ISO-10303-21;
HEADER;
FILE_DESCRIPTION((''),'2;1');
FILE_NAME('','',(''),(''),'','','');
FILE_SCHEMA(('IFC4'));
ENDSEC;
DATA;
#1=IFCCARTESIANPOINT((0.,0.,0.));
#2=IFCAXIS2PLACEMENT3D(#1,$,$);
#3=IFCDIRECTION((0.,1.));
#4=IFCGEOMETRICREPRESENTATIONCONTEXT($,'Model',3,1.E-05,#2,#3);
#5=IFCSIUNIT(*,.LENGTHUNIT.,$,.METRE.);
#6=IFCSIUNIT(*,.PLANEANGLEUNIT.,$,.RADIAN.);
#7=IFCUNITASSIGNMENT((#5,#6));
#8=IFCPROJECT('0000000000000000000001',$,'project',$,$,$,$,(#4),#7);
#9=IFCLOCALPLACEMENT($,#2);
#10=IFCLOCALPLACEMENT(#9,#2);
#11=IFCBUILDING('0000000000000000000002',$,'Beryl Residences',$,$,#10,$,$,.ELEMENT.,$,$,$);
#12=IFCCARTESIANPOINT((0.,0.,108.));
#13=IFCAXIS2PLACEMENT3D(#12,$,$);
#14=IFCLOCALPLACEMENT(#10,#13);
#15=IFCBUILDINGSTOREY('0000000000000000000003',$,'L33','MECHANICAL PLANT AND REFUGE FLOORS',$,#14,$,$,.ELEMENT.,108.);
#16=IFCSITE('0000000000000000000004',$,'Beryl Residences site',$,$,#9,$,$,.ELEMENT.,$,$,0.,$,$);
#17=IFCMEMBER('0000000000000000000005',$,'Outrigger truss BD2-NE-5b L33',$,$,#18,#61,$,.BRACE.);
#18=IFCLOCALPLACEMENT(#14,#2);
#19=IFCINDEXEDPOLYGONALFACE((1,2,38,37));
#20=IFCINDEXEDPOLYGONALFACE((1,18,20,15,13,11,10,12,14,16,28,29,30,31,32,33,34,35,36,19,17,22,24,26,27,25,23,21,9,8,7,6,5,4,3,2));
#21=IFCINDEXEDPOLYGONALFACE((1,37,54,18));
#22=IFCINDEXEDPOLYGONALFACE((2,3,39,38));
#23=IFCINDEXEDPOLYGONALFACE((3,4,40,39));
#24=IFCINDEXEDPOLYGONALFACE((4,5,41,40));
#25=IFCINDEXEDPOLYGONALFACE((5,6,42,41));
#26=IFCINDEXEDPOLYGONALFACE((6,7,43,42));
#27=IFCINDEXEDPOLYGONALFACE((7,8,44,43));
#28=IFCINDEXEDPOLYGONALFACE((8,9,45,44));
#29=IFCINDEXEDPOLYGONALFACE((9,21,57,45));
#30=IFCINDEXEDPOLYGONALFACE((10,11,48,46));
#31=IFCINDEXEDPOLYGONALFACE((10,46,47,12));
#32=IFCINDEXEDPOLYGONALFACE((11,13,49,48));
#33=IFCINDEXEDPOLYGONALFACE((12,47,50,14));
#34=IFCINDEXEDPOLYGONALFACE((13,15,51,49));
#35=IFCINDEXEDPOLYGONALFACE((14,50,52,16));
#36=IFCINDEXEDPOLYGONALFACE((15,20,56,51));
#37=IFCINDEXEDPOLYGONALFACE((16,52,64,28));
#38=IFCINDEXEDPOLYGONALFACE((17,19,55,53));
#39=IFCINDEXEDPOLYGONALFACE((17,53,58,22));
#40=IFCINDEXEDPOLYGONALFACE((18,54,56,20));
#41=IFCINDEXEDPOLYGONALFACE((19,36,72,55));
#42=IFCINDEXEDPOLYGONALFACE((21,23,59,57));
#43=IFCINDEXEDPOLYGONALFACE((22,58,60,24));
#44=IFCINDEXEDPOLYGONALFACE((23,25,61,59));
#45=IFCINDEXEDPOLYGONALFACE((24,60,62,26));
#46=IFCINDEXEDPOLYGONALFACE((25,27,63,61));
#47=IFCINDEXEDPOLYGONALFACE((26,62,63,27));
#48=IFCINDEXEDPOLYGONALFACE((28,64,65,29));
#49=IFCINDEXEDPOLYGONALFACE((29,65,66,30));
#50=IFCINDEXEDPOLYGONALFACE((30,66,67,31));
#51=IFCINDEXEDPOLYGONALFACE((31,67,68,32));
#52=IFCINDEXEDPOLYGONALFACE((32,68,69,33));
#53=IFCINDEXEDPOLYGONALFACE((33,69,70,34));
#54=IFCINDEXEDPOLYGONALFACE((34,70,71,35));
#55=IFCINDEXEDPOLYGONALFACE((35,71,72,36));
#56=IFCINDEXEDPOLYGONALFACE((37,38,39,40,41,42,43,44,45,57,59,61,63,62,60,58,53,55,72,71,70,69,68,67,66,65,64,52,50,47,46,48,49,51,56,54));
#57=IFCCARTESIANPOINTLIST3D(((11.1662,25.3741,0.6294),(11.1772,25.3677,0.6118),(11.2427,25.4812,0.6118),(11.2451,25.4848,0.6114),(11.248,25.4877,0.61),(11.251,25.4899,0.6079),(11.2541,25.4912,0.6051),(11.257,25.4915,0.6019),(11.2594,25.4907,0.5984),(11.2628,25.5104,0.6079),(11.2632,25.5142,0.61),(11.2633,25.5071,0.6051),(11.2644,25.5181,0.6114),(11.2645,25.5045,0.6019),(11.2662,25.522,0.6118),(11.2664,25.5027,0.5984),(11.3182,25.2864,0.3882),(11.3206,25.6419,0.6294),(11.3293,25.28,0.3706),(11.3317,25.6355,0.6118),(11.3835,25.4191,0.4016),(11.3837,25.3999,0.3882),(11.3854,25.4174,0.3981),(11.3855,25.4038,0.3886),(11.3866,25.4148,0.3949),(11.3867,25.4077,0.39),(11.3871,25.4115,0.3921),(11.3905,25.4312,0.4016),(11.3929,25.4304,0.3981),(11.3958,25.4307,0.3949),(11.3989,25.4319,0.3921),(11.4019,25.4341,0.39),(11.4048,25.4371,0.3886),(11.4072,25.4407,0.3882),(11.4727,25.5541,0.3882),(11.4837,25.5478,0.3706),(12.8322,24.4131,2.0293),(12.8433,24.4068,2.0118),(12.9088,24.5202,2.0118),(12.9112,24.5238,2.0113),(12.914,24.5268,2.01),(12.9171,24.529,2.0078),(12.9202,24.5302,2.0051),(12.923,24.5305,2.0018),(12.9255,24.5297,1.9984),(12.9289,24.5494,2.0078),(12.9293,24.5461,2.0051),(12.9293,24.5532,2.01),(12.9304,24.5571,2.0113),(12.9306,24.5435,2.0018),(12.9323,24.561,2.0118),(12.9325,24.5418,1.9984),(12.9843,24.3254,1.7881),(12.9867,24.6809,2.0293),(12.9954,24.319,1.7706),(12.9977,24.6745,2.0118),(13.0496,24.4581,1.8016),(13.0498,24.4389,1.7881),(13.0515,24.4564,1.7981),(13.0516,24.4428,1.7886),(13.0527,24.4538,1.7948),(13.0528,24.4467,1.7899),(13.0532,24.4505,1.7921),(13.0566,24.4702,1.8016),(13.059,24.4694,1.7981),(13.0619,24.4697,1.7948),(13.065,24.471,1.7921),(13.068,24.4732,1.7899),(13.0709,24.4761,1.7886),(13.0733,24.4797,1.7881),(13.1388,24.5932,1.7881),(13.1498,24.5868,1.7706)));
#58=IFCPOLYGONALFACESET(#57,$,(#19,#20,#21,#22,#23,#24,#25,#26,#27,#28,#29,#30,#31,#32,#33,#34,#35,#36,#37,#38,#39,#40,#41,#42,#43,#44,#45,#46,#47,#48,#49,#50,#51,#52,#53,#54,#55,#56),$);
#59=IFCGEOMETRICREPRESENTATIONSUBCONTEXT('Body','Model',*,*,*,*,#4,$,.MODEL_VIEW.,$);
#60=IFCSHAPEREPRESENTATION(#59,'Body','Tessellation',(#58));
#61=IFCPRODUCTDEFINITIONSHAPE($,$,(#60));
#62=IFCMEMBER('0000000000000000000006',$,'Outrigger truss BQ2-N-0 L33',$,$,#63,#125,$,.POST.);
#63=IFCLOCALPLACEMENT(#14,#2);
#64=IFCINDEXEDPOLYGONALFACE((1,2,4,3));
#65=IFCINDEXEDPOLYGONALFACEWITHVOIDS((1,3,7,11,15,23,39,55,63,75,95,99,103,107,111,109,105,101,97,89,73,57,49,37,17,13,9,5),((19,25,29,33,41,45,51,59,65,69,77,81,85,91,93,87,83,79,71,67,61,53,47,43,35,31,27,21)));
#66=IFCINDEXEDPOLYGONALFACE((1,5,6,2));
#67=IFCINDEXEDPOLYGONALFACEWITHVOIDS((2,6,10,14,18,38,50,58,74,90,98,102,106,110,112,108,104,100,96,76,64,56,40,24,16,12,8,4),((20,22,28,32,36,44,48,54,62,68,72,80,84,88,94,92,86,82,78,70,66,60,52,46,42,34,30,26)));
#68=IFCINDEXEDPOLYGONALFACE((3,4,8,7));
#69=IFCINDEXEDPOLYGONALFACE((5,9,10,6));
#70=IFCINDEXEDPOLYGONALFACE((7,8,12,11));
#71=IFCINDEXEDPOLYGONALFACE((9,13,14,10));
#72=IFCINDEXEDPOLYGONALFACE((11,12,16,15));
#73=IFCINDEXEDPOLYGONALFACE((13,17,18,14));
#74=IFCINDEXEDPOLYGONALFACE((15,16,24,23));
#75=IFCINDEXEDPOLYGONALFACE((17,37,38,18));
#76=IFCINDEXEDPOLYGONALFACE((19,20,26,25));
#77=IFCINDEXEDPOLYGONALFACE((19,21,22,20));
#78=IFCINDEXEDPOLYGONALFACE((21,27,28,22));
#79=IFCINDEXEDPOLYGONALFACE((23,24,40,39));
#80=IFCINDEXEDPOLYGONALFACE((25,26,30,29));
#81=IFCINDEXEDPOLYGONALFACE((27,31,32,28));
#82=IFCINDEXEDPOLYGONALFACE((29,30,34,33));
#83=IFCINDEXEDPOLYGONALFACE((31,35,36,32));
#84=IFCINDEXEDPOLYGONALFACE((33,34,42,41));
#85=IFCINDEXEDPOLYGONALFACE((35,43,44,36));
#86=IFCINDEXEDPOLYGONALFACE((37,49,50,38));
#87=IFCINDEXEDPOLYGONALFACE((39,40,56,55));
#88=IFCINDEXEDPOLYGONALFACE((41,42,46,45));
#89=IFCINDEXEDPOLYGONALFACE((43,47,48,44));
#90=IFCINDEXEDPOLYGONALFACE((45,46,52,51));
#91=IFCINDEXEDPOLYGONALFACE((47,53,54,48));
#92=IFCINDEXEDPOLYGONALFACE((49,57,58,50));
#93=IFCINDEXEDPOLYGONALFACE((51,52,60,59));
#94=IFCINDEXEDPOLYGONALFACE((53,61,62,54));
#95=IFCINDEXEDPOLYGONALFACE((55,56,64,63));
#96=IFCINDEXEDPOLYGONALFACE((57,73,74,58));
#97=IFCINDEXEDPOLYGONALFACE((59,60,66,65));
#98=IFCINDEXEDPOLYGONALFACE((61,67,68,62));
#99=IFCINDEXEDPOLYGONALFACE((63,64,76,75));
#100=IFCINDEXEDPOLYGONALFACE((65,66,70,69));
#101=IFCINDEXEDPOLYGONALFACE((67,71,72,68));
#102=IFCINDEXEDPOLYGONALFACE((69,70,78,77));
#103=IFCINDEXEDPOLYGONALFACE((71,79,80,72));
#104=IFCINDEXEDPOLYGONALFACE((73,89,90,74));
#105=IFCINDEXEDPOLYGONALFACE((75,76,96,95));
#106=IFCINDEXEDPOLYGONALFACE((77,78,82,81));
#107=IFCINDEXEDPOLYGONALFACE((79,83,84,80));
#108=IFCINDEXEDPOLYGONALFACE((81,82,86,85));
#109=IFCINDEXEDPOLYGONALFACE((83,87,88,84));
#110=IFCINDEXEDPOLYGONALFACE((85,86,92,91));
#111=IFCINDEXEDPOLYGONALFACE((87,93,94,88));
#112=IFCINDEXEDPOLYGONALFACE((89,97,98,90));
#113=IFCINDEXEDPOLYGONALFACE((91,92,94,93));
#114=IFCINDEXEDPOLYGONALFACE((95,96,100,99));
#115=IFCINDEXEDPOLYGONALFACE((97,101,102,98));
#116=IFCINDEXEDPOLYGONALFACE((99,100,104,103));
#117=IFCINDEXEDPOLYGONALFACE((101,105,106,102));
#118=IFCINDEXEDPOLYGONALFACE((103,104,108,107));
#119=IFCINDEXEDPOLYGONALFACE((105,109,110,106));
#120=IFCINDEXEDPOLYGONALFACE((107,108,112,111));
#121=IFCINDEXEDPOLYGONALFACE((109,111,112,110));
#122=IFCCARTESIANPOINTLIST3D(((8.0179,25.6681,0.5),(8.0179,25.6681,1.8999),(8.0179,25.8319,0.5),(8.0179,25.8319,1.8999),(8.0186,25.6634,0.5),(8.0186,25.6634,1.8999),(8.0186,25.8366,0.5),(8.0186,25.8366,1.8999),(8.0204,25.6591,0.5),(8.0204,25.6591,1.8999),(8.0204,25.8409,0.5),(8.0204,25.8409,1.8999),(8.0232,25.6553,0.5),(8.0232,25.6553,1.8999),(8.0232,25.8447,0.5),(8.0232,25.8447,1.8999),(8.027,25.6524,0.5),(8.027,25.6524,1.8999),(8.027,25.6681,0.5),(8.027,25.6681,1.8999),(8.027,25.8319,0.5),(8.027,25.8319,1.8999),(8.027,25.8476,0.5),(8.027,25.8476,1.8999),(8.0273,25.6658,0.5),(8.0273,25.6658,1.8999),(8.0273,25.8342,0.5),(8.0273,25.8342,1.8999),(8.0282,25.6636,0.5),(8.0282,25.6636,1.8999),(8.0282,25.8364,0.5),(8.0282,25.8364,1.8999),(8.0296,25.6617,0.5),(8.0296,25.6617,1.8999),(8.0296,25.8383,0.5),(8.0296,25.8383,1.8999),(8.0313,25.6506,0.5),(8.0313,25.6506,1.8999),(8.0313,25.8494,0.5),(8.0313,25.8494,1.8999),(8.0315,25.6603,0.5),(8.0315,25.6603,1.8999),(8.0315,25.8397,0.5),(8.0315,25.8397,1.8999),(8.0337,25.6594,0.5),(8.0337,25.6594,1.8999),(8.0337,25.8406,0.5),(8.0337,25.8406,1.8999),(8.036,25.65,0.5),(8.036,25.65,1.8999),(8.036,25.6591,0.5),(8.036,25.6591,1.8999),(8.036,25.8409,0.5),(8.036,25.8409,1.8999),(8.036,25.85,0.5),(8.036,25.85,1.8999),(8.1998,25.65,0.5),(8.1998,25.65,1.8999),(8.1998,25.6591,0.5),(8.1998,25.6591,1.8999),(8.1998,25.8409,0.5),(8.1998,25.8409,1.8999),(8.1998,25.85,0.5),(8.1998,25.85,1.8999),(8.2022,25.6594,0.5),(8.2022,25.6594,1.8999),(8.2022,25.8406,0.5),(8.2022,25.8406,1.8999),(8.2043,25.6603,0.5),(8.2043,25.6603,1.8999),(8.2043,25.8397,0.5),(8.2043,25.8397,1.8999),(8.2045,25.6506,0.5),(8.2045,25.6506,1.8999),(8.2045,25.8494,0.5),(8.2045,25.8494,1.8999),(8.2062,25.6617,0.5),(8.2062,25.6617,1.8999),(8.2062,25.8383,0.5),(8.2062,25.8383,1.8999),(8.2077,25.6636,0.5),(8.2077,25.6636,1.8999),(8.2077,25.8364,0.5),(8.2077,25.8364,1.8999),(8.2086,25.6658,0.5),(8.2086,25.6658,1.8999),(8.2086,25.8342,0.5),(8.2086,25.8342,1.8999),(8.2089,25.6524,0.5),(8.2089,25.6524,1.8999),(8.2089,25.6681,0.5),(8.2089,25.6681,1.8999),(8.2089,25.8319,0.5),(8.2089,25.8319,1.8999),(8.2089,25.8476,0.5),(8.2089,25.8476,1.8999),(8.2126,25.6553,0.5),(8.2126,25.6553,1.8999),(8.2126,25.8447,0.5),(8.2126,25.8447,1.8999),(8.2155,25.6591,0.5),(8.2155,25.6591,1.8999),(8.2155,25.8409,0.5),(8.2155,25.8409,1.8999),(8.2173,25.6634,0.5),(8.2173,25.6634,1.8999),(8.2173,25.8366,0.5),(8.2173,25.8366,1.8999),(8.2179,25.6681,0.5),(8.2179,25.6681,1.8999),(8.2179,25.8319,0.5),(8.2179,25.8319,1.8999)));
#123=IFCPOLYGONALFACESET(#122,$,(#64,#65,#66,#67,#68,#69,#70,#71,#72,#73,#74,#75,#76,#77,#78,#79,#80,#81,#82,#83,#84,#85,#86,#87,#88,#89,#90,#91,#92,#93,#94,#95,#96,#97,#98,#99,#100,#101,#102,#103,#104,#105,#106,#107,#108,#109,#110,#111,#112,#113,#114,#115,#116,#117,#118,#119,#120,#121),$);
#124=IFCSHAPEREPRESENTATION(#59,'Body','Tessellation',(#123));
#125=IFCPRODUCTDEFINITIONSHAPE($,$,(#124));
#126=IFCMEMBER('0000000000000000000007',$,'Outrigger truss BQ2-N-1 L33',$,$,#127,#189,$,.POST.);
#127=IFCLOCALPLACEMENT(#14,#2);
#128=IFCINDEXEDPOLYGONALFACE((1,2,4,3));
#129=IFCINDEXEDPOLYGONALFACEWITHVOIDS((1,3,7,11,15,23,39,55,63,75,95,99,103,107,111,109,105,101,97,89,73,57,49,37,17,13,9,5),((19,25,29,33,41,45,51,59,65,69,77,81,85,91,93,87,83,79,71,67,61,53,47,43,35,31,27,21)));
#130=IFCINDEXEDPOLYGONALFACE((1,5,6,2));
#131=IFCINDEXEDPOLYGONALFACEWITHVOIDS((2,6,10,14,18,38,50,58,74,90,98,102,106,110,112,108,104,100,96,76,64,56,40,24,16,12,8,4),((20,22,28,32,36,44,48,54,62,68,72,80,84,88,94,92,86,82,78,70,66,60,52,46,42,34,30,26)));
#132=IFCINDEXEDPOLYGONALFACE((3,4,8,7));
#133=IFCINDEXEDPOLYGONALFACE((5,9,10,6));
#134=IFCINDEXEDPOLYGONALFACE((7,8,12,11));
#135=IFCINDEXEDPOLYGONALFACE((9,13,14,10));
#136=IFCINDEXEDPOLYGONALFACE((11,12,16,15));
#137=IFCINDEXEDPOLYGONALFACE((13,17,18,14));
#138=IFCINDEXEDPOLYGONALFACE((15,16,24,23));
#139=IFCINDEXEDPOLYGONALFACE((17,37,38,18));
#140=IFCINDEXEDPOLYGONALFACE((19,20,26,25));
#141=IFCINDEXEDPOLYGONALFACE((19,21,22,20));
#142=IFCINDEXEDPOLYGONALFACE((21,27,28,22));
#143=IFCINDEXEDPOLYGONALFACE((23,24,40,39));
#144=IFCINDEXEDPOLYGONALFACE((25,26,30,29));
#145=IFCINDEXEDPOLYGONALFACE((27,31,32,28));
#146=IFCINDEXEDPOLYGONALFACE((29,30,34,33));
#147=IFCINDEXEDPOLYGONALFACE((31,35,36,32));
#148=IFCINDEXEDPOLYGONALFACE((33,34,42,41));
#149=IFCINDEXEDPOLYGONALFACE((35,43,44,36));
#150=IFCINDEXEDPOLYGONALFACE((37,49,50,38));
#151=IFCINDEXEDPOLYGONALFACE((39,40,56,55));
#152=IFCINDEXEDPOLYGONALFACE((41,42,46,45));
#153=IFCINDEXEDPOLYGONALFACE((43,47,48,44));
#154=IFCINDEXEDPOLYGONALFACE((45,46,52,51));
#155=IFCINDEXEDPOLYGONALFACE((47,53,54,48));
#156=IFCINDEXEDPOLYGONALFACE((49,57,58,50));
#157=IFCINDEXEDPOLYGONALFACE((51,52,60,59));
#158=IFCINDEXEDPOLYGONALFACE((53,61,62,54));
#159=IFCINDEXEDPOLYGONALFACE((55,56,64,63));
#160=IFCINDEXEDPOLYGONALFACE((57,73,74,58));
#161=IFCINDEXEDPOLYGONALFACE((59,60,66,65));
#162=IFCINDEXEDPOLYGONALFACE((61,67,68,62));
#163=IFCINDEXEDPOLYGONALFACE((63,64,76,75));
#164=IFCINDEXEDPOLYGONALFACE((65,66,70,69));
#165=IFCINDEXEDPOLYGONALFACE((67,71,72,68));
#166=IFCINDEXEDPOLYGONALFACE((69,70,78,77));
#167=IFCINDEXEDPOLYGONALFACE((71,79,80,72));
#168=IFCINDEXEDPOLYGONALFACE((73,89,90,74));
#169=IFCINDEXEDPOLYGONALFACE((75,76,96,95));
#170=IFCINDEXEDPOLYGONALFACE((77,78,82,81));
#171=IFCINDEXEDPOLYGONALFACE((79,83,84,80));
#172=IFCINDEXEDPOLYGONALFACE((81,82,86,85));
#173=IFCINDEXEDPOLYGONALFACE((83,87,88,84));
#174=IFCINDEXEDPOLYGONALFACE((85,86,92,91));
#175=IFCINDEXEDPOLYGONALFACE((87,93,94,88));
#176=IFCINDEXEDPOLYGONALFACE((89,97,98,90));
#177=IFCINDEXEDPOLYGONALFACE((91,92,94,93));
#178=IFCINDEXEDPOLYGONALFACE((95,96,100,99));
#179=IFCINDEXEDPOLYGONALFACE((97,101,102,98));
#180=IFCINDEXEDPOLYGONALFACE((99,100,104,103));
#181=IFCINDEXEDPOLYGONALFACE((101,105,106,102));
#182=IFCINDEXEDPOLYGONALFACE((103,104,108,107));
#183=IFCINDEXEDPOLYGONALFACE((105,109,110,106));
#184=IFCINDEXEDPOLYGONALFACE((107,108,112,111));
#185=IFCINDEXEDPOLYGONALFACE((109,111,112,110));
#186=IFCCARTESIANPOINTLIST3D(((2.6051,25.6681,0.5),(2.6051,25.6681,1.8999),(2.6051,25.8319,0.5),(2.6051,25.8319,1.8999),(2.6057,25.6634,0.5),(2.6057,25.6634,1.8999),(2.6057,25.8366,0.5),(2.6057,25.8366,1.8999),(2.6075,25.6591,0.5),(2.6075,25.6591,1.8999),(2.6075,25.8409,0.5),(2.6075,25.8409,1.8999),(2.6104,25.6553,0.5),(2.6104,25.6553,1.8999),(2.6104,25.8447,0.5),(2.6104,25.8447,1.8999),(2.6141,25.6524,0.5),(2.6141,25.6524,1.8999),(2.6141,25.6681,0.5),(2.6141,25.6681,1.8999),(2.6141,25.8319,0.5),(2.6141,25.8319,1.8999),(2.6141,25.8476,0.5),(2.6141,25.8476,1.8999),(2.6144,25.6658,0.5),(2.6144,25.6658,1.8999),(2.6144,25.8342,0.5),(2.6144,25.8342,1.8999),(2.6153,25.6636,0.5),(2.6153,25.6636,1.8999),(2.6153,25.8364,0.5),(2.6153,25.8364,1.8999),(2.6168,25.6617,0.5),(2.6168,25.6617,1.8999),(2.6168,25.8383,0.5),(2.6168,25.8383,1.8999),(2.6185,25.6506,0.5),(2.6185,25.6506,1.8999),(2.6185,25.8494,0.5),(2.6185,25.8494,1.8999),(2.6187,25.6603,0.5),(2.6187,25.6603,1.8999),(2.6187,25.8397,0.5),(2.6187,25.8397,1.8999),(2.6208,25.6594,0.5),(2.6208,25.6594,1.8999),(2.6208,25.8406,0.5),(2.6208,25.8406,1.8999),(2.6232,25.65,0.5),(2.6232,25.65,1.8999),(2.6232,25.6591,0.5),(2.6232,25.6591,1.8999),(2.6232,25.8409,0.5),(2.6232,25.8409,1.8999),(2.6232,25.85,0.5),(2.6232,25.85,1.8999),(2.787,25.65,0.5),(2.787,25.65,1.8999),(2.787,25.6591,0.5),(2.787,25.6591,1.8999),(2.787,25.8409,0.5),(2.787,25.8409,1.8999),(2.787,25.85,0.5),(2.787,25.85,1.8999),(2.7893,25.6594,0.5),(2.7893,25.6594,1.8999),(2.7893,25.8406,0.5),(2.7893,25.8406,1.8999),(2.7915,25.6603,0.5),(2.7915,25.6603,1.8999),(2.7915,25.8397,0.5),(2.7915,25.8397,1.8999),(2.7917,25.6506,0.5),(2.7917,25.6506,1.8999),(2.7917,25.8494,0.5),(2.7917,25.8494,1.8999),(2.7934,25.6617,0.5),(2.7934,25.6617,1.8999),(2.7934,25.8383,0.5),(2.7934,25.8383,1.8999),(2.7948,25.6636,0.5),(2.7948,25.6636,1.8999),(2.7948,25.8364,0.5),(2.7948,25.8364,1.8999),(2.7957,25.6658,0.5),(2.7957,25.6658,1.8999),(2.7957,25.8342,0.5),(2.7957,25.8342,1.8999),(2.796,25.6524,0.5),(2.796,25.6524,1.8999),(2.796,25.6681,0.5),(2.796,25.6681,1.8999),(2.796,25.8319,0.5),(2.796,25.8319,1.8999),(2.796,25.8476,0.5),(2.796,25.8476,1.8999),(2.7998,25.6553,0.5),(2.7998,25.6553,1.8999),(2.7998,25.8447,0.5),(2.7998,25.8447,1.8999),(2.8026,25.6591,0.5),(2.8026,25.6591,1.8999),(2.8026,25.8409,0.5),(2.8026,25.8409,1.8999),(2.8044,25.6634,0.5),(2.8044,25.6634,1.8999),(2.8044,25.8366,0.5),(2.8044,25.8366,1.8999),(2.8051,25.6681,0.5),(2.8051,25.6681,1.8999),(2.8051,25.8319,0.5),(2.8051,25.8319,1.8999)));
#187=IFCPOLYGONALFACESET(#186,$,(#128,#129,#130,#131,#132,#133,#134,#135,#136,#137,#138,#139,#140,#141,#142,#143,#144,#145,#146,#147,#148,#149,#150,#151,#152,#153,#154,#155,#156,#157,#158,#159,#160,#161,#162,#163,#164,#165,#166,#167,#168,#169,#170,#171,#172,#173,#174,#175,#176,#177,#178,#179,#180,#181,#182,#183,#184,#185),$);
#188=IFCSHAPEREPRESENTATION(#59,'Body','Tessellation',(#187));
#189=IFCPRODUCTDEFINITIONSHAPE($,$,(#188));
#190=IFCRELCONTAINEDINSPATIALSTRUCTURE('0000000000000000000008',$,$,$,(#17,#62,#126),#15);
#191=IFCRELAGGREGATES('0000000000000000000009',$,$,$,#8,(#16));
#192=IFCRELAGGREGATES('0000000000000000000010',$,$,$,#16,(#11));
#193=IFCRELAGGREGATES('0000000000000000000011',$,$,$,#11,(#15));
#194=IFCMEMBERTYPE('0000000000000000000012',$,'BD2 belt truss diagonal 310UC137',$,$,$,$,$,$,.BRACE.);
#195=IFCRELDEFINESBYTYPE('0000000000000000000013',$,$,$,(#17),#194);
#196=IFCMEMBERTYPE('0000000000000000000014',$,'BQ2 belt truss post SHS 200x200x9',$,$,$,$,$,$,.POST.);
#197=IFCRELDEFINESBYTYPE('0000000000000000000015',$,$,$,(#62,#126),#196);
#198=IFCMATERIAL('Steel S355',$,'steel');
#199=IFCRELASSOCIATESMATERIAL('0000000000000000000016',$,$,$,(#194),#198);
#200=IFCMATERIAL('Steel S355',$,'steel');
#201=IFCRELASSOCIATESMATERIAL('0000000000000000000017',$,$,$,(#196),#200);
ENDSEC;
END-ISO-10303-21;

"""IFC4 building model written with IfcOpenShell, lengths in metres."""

from ifc_helpers import new_model, si_unit, direction, frame, origin, origin_2d, place, context, subcontext, project, spatial, hollow_rectangle, i_section, extrude, material, material_profile, profile_set, type_object, element, save


model = new_model("IFC4")

# Units and contexts
model_context = context("Model", 3, precision=1e-05, world=origin(), true_north=direction((0.0, 1.0)))
body_context = subcontext(model_context, "Body", "Model", "MODEL_VIEW")
ifc_project = project(units=[si_unit("LENGTHUNIT", "METRE"), si_unit("PLANEANGLEUNIT", "RADIAN")], contexts=[model_context])

# Site, building, storey
site_placement = place(None, origin())
site = spatial("IfcSite", under=ifc_project, at=site_placement, Name="Beryl Residences site", CompositionType="ELEMENT", RefElevation=0.0)
building_placement = place(site_placement, origin())
building = spatial("IfcBuilding", under=site, at=building_placement, Name="Beryl Residences", CompositionType="ELEMENT")
storey_placement = place(building_placement, frame((0.0, 0.0, 108.0)))
storey = spatial("IfcBuildingStorey", under=building, at=storey_placement, Name="L33", Description="MECHANICAL PLANT AND REFUGE FLOORS", CompositionType="ELEMENT", Elevation=108.0)

# Members
ifc_material_1 = material(Name="Steel S355", Category="steel")
ifc_material_profile_1 = material_profile(ifc_material_1, i_section(OverallWidth=0.3091, OverallDepth=0.3201, WebThickness=0.0139, FlangeThickness=0.0217, FilletRadius=0.0166, at=origin_2d()))
ifc_profile_set_1 = profile_set([ifc_material_profile_1], Name="Steel S355")
member_type_1 = type_object("IfcMemberType", Name="BD2 belt truss diagonal 310UC137", PredefinedType="BRACE", material=ifc_profile_set_1)
member_1_placement = place(storey_placement, frame((11.325, 25.4609, 0.5), z_axis=(0.700357, -0.403957, 0.588489), x_axis=(0.499635, 0.866236, 0.0)))
element("IfcMember", 1, at=member_1_placement, inside=storey, type_object=member_type_1, Name="Outrigger truss BD2-NE-5b L33", PredefinedType="BRACE", context=body_context, shape_type="SweptSolid", body=[
    extrude(i_section(OverallWidth=0.3091, OverallDepth=0.3201, WebThickness=0.0139, FlangeThickness=0.0217, FilletRadius=0.0166, at=origin_2d()), origin(), (0.0, 0.0, 1.0), 2.3789),
])
ifc_material_2 = material(Name="Steel S355", Category="steel")
ifc_material_profile_2 = material_profile(ifc_material_2, hollow_rectangle(XDim=0.2, YDim=0.2, WallThickness=0.009, InnerFilletRadius=0.009, OuterFilletRadius=0.0181, at=origin_2d()))
ifc_profile_set_2 = profile_set([ifc_material_profile_2], Name="Steel S355")
member_type_2 = type_object("IfcMemberType", Name="BQ2 belt truss post SHS 200x200x9", PredefinedType="POST", material=ifc_profile_set_2)
for number, where, z_axis, x_axis, name in (
    (2, (8.1179, 25.75, 0.5), (0.0, 0.0, 1.0), (1.0, 0.0, 0.0), "Outrigger truss BQ2-N-0 L33"),
    (3, (2.7051, 25.75, 0.5), (0.0, 0.0, 1.0), (1.0, 0.0, 0.0), "Outrigger truss BQ2-N-1 L33"),
):
    element("IfcMember", number, at=place(storey_placement, frame(where, z_axis=z_axis, x_axis=x_axis)), inside=storey, type_object=member_type_2, Name=name, PredefinedType="POST", context=body_context, shape_type="SweptSolid", body=[
        extrude(hollow_rectangle(XDim=0.2, YDim=0.2, WallThickness=0.009, InnerFilletRadius=0.009, OuterFilletRadius=0.0181, at=origin_2d()), origin(), (0.0, 0.0, 1.0), 1.3999),
    ])

save(model, "model.ifc")
